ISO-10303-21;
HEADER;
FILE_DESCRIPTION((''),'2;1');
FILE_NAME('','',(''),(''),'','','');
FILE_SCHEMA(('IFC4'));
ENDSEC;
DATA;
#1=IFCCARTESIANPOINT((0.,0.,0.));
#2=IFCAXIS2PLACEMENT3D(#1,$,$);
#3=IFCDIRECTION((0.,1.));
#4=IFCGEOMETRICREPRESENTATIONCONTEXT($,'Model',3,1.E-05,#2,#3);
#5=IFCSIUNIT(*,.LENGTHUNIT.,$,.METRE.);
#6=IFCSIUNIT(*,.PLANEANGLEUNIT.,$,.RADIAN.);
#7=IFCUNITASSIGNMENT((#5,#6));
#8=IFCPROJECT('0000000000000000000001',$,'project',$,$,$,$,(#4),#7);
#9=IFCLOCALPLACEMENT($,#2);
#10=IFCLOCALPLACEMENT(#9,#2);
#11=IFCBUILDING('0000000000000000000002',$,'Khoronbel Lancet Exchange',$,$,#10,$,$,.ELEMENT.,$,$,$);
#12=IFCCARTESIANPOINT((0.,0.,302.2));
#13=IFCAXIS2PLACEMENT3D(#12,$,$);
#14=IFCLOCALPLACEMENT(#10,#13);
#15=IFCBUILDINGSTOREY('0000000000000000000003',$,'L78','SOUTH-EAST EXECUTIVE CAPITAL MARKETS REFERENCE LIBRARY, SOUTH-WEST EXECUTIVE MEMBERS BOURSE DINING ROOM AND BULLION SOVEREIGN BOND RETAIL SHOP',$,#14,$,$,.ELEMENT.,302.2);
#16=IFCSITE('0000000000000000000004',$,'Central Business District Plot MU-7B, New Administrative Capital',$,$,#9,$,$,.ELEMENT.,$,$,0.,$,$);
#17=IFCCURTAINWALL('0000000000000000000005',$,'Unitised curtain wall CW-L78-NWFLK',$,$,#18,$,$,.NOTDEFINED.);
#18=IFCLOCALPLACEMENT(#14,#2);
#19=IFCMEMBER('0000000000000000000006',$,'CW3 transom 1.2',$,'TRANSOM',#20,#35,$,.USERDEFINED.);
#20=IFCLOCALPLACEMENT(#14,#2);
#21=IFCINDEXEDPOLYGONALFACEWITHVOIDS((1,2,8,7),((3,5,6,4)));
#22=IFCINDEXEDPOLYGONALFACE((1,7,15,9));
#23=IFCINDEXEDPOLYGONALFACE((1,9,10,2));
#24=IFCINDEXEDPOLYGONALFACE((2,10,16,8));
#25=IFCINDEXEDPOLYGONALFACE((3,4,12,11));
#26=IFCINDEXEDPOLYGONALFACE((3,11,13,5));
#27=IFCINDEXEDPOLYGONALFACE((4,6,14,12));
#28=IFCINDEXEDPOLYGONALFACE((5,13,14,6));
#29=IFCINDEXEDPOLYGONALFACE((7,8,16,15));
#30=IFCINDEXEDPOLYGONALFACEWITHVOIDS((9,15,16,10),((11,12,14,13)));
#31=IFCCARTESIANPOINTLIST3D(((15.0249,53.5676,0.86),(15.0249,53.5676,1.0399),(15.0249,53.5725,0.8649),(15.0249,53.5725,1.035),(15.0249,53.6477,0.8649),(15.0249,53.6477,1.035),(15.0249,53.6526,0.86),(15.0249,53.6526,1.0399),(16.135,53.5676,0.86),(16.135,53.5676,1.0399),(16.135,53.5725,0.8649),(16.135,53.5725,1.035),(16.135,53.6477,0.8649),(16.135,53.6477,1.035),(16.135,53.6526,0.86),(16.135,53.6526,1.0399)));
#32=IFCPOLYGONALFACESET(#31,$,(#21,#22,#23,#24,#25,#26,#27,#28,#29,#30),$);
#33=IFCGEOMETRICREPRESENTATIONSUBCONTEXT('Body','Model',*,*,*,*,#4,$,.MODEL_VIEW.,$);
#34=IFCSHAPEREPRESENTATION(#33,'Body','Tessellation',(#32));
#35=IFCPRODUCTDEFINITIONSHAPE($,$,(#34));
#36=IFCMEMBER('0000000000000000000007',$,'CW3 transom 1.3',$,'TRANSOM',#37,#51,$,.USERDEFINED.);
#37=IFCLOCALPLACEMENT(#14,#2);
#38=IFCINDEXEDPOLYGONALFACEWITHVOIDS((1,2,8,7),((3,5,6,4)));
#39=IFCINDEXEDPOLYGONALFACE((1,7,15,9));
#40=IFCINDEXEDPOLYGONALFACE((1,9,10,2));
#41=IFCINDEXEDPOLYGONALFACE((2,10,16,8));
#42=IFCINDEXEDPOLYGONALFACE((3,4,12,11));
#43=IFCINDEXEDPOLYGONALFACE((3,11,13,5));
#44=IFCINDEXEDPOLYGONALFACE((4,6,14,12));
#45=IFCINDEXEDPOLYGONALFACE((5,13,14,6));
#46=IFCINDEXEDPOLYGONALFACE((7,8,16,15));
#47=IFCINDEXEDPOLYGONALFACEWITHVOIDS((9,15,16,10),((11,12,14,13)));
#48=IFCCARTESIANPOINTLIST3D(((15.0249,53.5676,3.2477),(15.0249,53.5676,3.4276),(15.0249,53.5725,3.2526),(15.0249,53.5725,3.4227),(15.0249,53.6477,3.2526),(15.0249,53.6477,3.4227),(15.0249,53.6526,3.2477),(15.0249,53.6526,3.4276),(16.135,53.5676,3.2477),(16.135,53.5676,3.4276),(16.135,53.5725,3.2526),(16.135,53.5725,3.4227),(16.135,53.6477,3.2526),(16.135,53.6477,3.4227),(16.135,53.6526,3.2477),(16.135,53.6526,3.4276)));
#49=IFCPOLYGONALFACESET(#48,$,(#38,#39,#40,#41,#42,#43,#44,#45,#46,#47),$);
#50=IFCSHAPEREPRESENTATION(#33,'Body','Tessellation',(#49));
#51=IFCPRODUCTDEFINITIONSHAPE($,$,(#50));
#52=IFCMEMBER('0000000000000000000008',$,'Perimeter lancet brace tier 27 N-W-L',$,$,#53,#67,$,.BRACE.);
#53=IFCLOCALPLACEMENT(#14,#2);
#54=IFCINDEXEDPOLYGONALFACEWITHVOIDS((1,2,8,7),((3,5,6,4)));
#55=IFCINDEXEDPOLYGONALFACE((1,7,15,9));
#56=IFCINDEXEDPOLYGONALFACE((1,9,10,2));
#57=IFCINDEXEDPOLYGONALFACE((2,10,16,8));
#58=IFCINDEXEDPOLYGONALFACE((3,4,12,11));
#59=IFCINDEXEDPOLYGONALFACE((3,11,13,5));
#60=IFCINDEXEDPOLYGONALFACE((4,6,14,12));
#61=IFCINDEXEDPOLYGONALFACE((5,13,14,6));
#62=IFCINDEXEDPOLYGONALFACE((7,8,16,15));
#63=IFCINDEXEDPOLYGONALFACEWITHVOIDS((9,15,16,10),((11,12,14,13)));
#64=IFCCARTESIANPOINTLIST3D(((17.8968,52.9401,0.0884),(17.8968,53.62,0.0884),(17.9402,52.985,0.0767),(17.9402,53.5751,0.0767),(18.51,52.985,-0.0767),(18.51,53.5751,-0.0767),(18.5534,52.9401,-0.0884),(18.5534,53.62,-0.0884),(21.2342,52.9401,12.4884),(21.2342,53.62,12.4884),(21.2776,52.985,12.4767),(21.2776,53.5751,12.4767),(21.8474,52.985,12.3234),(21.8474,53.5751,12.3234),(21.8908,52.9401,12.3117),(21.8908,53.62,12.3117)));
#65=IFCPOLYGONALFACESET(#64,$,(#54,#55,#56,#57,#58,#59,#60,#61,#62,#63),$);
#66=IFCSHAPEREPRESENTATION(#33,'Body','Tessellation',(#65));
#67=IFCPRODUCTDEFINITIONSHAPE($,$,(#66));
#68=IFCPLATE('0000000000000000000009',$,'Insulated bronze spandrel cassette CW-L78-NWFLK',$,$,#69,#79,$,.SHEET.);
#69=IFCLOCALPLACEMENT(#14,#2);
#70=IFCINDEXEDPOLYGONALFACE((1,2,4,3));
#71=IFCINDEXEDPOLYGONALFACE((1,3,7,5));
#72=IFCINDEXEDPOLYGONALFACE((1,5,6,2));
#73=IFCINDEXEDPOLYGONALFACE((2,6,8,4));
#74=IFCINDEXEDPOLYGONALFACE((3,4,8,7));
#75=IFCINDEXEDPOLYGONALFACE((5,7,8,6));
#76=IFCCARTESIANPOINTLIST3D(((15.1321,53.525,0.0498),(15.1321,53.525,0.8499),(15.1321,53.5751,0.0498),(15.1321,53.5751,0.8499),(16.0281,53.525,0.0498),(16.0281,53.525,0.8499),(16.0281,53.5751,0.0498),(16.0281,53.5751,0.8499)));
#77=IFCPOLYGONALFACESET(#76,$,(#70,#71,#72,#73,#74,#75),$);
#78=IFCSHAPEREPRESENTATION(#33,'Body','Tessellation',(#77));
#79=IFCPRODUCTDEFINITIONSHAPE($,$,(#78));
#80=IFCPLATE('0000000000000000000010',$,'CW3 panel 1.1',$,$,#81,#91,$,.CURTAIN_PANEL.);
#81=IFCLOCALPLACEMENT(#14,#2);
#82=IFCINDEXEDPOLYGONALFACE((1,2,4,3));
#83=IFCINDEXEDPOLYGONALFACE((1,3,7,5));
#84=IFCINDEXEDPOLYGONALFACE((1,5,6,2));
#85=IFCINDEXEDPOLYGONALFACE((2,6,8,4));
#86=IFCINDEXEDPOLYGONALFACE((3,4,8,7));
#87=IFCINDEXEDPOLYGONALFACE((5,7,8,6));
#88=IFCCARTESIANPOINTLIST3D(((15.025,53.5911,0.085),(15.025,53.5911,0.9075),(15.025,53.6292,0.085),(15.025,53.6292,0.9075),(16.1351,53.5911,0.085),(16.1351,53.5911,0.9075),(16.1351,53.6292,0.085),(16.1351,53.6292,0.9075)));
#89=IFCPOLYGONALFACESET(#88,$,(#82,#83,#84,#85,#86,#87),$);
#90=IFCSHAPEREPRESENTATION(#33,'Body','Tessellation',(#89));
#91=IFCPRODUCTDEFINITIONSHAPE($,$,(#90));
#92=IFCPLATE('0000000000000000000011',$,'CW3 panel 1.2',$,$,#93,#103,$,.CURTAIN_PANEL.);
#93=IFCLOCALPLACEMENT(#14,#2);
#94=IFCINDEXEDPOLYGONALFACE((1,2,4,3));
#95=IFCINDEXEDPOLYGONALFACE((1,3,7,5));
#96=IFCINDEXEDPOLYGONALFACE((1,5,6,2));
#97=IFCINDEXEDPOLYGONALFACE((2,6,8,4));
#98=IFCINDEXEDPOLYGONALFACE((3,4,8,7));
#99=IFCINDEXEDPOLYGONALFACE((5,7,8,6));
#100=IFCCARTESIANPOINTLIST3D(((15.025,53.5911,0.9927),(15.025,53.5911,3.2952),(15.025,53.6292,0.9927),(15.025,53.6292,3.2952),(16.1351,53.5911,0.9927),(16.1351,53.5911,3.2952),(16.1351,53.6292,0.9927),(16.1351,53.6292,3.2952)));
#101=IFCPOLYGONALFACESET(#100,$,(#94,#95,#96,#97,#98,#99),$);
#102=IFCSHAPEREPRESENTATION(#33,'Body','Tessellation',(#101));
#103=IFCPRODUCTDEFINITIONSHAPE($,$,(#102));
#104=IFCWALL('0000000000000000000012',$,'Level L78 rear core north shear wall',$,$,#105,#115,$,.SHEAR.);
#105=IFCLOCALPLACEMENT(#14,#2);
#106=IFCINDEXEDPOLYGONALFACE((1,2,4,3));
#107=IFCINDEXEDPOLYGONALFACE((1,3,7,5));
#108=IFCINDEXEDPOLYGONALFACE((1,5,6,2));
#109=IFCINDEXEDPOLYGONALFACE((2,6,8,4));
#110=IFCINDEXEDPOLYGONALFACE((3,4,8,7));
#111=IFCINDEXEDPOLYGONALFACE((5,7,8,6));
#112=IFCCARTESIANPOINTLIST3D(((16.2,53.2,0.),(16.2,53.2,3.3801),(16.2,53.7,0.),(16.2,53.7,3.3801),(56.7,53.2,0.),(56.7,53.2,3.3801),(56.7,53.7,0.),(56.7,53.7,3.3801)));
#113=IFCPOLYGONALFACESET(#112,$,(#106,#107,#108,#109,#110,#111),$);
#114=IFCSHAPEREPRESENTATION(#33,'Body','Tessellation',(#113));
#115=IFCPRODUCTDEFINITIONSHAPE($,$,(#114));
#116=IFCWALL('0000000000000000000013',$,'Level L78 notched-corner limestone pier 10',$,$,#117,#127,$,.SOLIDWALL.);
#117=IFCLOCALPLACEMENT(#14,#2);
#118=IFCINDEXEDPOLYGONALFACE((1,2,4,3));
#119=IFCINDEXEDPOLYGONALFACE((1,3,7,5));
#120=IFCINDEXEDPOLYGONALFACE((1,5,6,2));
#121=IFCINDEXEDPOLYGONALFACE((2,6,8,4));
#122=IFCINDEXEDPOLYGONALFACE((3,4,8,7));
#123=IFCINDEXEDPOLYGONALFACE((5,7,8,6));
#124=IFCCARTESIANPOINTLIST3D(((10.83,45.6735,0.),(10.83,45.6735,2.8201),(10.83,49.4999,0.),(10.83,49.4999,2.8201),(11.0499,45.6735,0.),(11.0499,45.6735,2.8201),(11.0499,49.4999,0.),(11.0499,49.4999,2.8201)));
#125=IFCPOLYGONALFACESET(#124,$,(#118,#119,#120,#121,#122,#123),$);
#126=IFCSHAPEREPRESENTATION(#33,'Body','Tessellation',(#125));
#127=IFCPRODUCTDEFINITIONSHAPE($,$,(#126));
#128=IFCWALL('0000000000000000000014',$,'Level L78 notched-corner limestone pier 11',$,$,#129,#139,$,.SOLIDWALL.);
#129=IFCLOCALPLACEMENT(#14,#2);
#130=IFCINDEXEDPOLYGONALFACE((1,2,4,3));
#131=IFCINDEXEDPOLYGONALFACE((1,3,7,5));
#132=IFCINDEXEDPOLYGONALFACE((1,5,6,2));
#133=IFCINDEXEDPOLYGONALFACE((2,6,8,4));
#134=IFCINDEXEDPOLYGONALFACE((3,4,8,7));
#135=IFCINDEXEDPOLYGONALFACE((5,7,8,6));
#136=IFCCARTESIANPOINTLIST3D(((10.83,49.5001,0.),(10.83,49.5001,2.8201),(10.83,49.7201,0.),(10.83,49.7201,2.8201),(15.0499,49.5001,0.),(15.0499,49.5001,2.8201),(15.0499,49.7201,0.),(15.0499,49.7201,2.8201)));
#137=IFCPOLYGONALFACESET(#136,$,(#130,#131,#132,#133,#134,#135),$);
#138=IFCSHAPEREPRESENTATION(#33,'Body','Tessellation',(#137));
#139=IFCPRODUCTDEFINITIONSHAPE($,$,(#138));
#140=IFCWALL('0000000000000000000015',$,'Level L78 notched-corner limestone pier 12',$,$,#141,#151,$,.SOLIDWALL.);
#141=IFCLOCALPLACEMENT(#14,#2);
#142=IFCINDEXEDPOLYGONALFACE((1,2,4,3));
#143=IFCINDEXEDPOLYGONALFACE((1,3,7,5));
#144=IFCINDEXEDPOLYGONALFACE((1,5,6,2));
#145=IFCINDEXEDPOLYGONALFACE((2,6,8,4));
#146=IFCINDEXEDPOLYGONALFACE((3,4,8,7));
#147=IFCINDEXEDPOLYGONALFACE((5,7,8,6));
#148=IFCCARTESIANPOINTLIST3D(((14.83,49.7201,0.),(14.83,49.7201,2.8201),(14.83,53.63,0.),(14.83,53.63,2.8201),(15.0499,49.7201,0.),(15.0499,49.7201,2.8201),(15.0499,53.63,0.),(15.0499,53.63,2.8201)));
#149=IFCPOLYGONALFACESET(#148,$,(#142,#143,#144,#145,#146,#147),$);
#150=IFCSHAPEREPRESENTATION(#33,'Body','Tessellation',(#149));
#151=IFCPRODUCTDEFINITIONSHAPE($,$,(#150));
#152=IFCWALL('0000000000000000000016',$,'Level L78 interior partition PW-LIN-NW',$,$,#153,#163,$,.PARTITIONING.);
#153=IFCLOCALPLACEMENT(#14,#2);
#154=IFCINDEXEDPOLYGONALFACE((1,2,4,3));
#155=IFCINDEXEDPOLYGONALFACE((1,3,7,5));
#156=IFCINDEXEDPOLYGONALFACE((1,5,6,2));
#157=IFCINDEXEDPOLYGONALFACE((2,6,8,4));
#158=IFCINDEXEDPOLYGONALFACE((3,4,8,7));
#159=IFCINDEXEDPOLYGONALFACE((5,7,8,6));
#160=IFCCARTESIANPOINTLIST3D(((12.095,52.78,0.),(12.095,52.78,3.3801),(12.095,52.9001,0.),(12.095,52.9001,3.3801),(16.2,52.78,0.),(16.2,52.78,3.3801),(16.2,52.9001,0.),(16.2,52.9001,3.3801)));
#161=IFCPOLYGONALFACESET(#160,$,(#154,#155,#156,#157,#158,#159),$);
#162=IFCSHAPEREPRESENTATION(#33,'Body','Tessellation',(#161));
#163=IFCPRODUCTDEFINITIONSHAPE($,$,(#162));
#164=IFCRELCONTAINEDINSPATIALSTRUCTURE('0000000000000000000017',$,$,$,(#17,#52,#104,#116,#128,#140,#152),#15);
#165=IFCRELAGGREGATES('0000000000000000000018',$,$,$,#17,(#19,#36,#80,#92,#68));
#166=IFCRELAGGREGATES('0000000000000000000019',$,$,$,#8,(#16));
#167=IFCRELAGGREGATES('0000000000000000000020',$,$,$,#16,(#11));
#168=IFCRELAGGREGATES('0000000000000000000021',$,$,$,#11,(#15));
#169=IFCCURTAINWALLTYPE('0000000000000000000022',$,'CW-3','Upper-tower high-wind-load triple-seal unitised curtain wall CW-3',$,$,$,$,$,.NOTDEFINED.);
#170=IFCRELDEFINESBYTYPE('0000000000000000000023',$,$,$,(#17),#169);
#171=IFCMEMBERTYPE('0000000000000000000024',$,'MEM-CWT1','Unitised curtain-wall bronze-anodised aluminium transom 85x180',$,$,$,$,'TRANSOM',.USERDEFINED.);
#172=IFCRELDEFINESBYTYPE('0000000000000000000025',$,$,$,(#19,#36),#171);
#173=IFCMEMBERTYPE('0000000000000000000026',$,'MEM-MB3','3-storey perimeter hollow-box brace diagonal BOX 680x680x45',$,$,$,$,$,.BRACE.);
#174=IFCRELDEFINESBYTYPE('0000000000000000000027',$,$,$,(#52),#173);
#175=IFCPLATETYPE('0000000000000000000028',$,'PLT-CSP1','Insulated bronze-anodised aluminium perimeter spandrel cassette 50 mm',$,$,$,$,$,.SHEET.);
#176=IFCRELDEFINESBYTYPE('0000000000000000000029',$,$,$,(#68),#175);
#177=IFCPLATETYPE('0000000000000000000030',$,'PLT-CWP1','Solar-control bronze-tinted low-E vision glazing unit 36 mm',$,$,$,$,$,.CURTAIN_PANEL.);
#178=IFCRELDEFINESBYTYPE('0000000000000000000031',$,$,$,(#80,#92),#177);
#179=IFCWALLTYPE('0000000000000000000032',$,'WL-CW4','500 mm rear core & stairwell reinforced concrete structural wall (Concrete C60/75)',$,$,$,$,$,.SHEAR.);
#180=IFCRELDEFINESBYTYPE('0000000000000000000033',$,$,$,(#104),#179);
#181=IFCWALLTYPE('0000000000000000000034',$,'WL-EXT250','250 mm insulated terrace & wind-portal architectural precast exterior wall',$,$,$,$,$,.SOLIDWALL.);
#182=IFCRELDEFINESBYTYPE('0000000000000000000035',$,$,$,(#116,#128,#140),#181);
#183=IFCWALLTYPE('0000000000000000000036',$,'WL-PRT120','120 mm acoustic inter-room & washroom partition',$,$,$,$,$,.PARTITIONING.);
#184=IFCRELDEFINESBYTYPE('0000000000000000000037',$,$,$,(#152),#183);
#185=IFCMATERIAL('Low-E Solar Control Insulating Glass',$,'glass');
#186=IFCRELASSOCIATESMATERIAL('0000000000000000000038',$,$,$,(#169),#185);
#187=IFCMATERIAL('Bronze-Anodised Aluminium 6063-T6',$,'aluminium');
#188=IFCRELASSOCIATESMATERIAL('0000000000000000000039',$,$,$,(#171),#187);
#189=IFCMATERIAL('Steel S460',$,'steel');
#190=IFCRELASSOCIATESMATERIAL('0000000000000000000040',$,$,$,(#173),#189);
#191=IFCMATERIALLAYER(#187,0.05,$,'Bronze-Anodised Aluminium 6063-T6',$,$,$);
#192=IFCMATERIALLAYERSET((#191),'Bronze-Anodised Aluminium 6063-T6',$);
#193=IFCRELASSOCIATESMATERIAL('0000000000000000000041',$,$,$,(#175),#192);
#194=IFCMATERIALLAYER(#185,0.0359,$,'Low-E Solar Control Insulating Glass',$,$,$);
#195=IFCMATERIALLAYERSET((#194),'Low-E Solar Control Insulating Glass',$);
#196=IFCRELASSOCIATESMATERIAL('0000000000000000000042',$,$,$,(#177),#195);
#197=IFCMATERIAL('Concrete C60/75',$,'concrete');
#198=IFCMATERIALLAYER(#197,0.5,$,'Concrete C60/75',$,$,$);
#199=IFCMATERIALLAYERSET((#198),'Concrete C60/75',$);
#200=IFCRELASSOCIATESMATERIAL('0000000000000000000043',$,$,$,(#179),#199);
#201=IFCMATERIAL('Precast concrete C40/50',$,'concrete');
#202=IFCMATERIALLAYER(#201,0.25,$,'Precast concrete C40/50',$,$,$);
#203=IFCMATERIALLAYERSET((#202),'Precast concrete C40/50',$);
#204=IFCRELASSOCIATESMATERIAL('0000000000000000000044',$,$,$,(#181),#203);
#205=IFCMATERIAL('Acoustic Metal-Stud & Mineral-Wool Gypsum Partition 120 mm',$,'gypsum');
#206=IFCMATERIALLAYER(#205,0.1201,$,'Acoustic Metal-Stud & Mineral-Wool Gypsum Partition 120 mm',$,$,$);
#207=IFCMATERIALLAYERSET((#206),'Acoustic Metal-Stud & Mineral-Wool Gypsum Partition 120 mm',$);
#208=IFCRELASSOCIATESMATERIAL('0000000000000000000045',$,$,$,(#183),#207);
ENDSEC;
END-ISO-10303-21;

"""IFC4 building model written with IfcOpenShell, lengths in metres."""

from ifc_helpers import new_model, si_unit, direction, frame, frame_2d, origin, origin_2d, place, context, subcontext, project, spatial, rectangle, hollow_rectangle, extrude, material, layer, layer_set, material_profile, profile_set, type_object, element, aggregate, save


model = new_model("IFC4")

# Units and contexts
model_context = context("Model", 3, precision=1e-05, world=origin(), true_north=direction((0.0, 1.0)))
body_context = subcontext(model_context, "Body", "Model", "MODEL_VIEW")
ifc_project = project(units=[si_unit("LENGTHUNIT", "METRE"), si_unit("PLANEANGLEUNIT", "RADIAN")], contexts=[model_context])

# Site, building, storey
site_placement = place(None, origin())
site = spatial("IfcSite", under=ifc_project, at=site_placement, Name="Central Business District Plot MU-7B, New Administrative Capital", CompositionType="ELEMENT", RefElevation=0.0)
building_placement = place(site_placement, origin())
building = spatial("IfcBuilding", under=site, at=building_placement, Name="Khoronbel Lancet Exchange", CompositionType="ELEMENT")
storey_placement = place(building_placement, frame((0.0, 0.0, 302.2)))
storey = spatial("IfcBuildingStorey", under=building, at=storey_placement, Name="L78", Description="SOUTH-EAST EXECUTIVE CAPITAL MARKETS REFERENCE LIBRARY, SOUTH-WEST EXECUTIVE MEMBERS BOURSE DINING ROOM AND BULLION SOVEREIGN BOND RETAIL SHOP", CompositionType="ELEMENT", Elevation=302.2)

# Shared definitions
ifc_material_1 = material(Name="Steel S460", Category="steel")

# Curtain wall, members
ifc_material_2 = material(Name="Low-E Solar Control Insulating Glass", Category="glass")
curtain_wall_type = type_object("IfcCurtainWallType", Name="CW-3", Description="Upper-tower high-wind-load triple-seal unitised curtain wall CW-3", PredefinedType="NOTDEFINED", material=ifc_material_2)
curtain_wall_placement = place(storey_placement, origin())
curtain_wall = element("IfcCurtainWall", 1, at=curtain_wall_placement, inside=storey, type_object=curtain_wall_type, Name="Unitised curtain wall CW-L78-NWFLK", PredefinedType="NOTDEFINED")
ifc_material_3 = material(Name="Bronze-Anodised Aluminium 6063-T6", Category="aluminium")
ifc_material_profile_1 = material_profile(ifc_material_3, hollow_rectangle(XDim=0.085, YDim=0.1799, WallThickness=0.0049, at=origin_2d()), Name="ALU TRANSOM 85x180")
ifc_profile_set_1 = profile_set([ifc_material_profile_1], Name="Bronze-Anodised Aluminium 6063-T6")
member_type_1 = type_object("IfcMemberType", Name="MEM-CWT1", Description="Unitised curtain-wall bronze-anodised aluminium transom 85x180", ElementType="TRANSOM", PredefinedType="USERDEFINED", material=ifc_profile_set_1)
member_1_placement = place(storey_placement, frame((16.135, 53.6101, 0.95), z_axis=(-1.0, 0.0, 0.0), x_axis=(0.0, -1.0, 0.0)))
member_1 = element("IfcMember", 2, at=member_1_placement, type_object=member_type_1, Name="CW3 transom 1.2", ObjectType="TRANSOM", PredefinedType="USERDEFINED", context=body_context, shape_type="SweptSolid", body=[
    extrude(hollow_rectangle(XDim=0.085, YDim=0.1799, WallThickness=0.0049, at=origin_2d()), origin(), (0.0, 0.0, 1.0), 1.1101),
])
member_2_placement = place(storey_placement, frame((16.135, 53.6101, 3.3376), z_axis=(-1.0, 0.0, 0.0), x_axis=(0.0, -1.0, 0.0)))
member_2 = element("IfcMember", 3, at=member_2_placement, type_object=member_type_1, Name="CW3 transom 1.3", ObjectType="TRANSOM", PredefinedType="USERDEFINED", context=body_context, shape_type="SweptSolid", body=[
    extrude(hollow_rectangle(XDim=0.085, YDim=0.1799, WallThickness=0.0049, at=origin_2d()), origin(), (0.0, 0.0, 1.0), 1.1101),
])

# Member
ifc_material_profile_2 = material_profile(ifc_material_1, hollow_rectangle(XDim=0.6799, YDim=0.6799, WallThickness=0.0449, at=origin_2d()), Name="BOX 680x680x45")
ifc_profile_set_2 = profile_set([ifc_material_profile_2], Name="Steel S460")
member_type_2 = type_object("IfcMemberType", Name="MEM-MB3", Description="3-storey perimeter hollow-box brace diagonal BOX 680x680x45", PredefinedType="BRACE", material=ifc_profile_set_2)
member_3_placement = place(storey_placement, frame((18.2251, 53.28, 0.0), z_axis=(0.259894, 0.0, 0.965637), x_axis=(0.0, 1.0, 0.0)))
element("IfcMember", 4, at=member_3_placement, inside=storey, type_object=member_type_2, Name="Perimeter lancet brace tier 27 N-W-L", PredefinedType="BRACE", context=body_context, shape_type="SweptSolid", body=[
    extrude(hollow_rectangle(XDim=0.6799, YDim=0.6799, WallThickness=0.0449, at=origin_2d()), origin(), (0.0, 0.0, 1.0), 12.8413),
])

# Plates
ifc_layer_1 = layer(ifc_material_3, 0.05, Name="Bronze-Anodised Aluminium 6063-T6")
ifc_layer_set_1 = layer_set([ifc_layer_1], Name="Bronze-Anodised Aluminium 6063-T6")
plate_type_1 = type_object("IfcPlateType", Name="PLT-CSP1", Description="Insulated bronze-anodised aluminium perimeter spandrel cassette 50 mm", PredefinedType="SHEET", material=ifc_layer_set_1)
plate_1_placement = place(storey_placement, frame((15.5801, 53.55, 0.0498), z_axis=(0.0, 0.0, 1.0), x_axis=(-1.0, 0.0, 0.0)))
plate_1 = element("IfcPlate", 5, at=plate_1_placement, type_object=plate_type_1, Name="Insulated bronze spandrel cassette CW-L78-NWFLK", PredefinedType="SHEET", context=body_context, shape_type="SweptSolid", body=[
    extrude(rectangle(XDim=0.896, YDim=0.05, at=origin_2d()), origin(), (0.0, 0.0, 1.0), 0.8),
])
ifc_layer_2 = layer(ifc_material_2, 0.0359, Name="Low-E Solar Control Insulating Glass")
ifc_layer_set_2 = layer_set([ifc_layer_2], Name="Low-E Solar Control Insulating Glass")
plate_type_2 = type_object("IfcPlateType", Name="PLT-CWP1", Description="Solar-control bronze-tinted low-E vision glazing unit 36 mm", PredefinedType="CURTAIN_PANEL", material=ifc_layer_set_2)
plate_2_placement = place(storey_placement, frame((15.5801, 53.6101, 0.085), z_axis=(0.0, 0.0, 1.0), x_axis=(-1.0, 0.0, 0.0)))
plate_2 = element("IfcPlate", 6, at=plate_2_placement, type_object=plate_type_2, Name="CW3 panel 1.1", PredefinedType="CURTAIN_PANEL", context=body_context, shape_type="SweptSolid", body=[
    extrude(rectangle(XDim=1.1101, YDim=0.0381, at=origin_2d()), origin(), (0.0, 0.0, 1.0), 0.8225),
])
plate_3_placement = place(storey_placement, frame((15.5801, 53.6101, 0.9927), z_axis=(0.0, 0.0, 1.0), x_axis=(-1.0, 0.0, 0.0)))
plate_3 = element("IfcPlate", 7, at=plate_3_placement, type_object=plate_type_2, Name="CW3 panel 1.2", PredefinedType="CURTAIN_PANEL", context=body_context, shape_type="SweptSolid", body=[
    extrude(rectangle(XDim=1.1101, YDim=0.0381, at=origin_2d()), origin(), (0.0, 0.0, 1.0), 2.3025),
])
aggregate(curtain_wall, [member_1, member_2, plate_2, plate_3, plate_1])

# Walls
ifc_material_4 = material(Name="Concrete C60/75", Category="concrete")
ifc_layer_3 = layer(ifc_material_4, 0.5, Name="Concrete C60/75")
ifc_layer_set_3 = layer_set([ifc_layer_3], Name="Concrete C60/75")
wall_type_1 = type_object("IfcWallType", Name="WL-CW4", Description="500 mm rear core & stairwell reinforced concrete structural wall (Concrete C60/75)", PredefinedType="SHEAR", material=ifc_layer_set_3)
wall_1_placement = place(storey_placement, frame((16.2, 53.45, 0.0), z_axis=(0.0, 0.0, 1.0), x_axis=(1.0, 0.0, 0.0)))
element("IfcWall", 8, at=wall_1_placement, inside=storey, type_object=wall_type_1, Name="Level L78 rear core north shear wall", PredefinedType="SHEAR", context=body_context, shape_type="SweptSolid", body=[
    extrude(rectangle(XDim=40.5, YDim=0.5, at=frame_2d((20.25, 0.0))), origin(), (0.0, 0.0, 1.0), 3.3801),
])
ifc_material_5 = material(Name="Precast concrete C40/50", Category="concrete")
ifc_layer_4 = layer(ifc_material_5, 0.25, Name="Precast concrete C40/50")
ifc_layer_set_4 = layer_set([ifc_layer_4], Name="Precast concrete C40/50")
wall_type_2 = type_object("IfcWallType", Name="WL-EXT250", Description="250 mm insulated terrace & wind-portal architectural precast exterior wall", PredefinedType="SOLIDWALL", material=ifc_layer_set_4)
wall_2_placement = place(storey_placement, frame((10.9399, 45.6736, 0.0), z_axis=(0.0, 0.0, 1.0), x_axis=(0.0, 1.0, 0.0)))
element("IfcWall", 9, at=wall_2_placement, inside=storey, type_object=wall_type_2, Name="Level L78 notched-corner limestone pier 10", PredefinedType="SOLIDWALL", context=body_context, shape_type="SweptSolid", body=[
    extrude(rectangle(XDim=3.8264, YDim=0.22, at=frame_2d((1.9131, 0.0))), origin(), (0.0, 0.0, 1.0), 2.8201),
])
wall_3_placement = place(storey_placement, frame((10.8301, 49.6101, 0.0), z_axis=(0.0, 0.0, 1.0), x_axis=(1.0, 0.0, 0.0)))
element("IfcWall", 10, at=wall_3_placement, inside=storey, type_object=wall_type_2, Name="Level L78 notched-corner limestone pier 11", PredefinedType="SOLIDWALL", context=body_context, shape_type="SweptSolid", body=[
    extrude(rectangle(XDim=4.22, YDim=0.22, at=frame_2d((2.1099, 0.0))), origin(), (0.0, 0.0, 1.0), 2.8201),
])
wall_4_placement = place(storey_placement, frame((14.9399, 49.72, 0.0), z_axis=(0.0, 0.0, 1.0), x_axis=(0.0, 1.0, 0.0)))
element("IfcWall", 11, at=wall_4_placement, inside=storey, type_object=wall_type_2, Name="Level L78 notched-corner limestone pier 12", PredefinedType="SOLIDWALL", context=body_context, shape_type="SweptSolid", body=[
    extrude(rectangle(XDim=3.9099, YDim=0.22, at=frame_2d((1.9551, 0.0))), origin(), (0.0, 0.0, 1.0), 2.8201),
])
ifc_material_6 = material(Name="Acoustic Metal-Stud & Mineral-Wool Gypsum Partition 120 mm", Category="gypsum")
ifc_layer_5 = layer(ifc_material_6, 0.1201, Name="Acoustic Metal-Stud & Mineral-Wool Gypsum Partition 120 mm")
ifc_layer_set_5 = layer_set([ifc_layer_5], Name="Acoustic Metal-Stud & Mineral-Wool Gypsum Partition 120 mm")
wall_type_3 = type_object("IfcWallType", Name="WL-PRT120", Description="120 mm acoustic inter-room & washroom partition", PredefinedType="PARTITIONING", material=ifc_layer_set_5)
wall_5_placement = place(storey_placement, frame((12.095, 52.8401, 0.0), z_axis=(0.0, 0.0, 1.0), x_axis=(1.0, 0.0, 0.0)))
element("IfcWall", 12, at=wall_5_placement, inside=storey, type_object=wall_type_3, Name="Level L78 interior partition PW-LIN-NW", PredefinedType="PARTITIONING", context=body_context, shape_type="SweptSolid", body=[
    extrude(rectangle(XDim=4.105, YDim=0.1201, at=frame_2d((2.0525, 0.0))), origin(), (0.0, 0.0, 1.0), 3.3801),
])

save(model, "model.ifc")
